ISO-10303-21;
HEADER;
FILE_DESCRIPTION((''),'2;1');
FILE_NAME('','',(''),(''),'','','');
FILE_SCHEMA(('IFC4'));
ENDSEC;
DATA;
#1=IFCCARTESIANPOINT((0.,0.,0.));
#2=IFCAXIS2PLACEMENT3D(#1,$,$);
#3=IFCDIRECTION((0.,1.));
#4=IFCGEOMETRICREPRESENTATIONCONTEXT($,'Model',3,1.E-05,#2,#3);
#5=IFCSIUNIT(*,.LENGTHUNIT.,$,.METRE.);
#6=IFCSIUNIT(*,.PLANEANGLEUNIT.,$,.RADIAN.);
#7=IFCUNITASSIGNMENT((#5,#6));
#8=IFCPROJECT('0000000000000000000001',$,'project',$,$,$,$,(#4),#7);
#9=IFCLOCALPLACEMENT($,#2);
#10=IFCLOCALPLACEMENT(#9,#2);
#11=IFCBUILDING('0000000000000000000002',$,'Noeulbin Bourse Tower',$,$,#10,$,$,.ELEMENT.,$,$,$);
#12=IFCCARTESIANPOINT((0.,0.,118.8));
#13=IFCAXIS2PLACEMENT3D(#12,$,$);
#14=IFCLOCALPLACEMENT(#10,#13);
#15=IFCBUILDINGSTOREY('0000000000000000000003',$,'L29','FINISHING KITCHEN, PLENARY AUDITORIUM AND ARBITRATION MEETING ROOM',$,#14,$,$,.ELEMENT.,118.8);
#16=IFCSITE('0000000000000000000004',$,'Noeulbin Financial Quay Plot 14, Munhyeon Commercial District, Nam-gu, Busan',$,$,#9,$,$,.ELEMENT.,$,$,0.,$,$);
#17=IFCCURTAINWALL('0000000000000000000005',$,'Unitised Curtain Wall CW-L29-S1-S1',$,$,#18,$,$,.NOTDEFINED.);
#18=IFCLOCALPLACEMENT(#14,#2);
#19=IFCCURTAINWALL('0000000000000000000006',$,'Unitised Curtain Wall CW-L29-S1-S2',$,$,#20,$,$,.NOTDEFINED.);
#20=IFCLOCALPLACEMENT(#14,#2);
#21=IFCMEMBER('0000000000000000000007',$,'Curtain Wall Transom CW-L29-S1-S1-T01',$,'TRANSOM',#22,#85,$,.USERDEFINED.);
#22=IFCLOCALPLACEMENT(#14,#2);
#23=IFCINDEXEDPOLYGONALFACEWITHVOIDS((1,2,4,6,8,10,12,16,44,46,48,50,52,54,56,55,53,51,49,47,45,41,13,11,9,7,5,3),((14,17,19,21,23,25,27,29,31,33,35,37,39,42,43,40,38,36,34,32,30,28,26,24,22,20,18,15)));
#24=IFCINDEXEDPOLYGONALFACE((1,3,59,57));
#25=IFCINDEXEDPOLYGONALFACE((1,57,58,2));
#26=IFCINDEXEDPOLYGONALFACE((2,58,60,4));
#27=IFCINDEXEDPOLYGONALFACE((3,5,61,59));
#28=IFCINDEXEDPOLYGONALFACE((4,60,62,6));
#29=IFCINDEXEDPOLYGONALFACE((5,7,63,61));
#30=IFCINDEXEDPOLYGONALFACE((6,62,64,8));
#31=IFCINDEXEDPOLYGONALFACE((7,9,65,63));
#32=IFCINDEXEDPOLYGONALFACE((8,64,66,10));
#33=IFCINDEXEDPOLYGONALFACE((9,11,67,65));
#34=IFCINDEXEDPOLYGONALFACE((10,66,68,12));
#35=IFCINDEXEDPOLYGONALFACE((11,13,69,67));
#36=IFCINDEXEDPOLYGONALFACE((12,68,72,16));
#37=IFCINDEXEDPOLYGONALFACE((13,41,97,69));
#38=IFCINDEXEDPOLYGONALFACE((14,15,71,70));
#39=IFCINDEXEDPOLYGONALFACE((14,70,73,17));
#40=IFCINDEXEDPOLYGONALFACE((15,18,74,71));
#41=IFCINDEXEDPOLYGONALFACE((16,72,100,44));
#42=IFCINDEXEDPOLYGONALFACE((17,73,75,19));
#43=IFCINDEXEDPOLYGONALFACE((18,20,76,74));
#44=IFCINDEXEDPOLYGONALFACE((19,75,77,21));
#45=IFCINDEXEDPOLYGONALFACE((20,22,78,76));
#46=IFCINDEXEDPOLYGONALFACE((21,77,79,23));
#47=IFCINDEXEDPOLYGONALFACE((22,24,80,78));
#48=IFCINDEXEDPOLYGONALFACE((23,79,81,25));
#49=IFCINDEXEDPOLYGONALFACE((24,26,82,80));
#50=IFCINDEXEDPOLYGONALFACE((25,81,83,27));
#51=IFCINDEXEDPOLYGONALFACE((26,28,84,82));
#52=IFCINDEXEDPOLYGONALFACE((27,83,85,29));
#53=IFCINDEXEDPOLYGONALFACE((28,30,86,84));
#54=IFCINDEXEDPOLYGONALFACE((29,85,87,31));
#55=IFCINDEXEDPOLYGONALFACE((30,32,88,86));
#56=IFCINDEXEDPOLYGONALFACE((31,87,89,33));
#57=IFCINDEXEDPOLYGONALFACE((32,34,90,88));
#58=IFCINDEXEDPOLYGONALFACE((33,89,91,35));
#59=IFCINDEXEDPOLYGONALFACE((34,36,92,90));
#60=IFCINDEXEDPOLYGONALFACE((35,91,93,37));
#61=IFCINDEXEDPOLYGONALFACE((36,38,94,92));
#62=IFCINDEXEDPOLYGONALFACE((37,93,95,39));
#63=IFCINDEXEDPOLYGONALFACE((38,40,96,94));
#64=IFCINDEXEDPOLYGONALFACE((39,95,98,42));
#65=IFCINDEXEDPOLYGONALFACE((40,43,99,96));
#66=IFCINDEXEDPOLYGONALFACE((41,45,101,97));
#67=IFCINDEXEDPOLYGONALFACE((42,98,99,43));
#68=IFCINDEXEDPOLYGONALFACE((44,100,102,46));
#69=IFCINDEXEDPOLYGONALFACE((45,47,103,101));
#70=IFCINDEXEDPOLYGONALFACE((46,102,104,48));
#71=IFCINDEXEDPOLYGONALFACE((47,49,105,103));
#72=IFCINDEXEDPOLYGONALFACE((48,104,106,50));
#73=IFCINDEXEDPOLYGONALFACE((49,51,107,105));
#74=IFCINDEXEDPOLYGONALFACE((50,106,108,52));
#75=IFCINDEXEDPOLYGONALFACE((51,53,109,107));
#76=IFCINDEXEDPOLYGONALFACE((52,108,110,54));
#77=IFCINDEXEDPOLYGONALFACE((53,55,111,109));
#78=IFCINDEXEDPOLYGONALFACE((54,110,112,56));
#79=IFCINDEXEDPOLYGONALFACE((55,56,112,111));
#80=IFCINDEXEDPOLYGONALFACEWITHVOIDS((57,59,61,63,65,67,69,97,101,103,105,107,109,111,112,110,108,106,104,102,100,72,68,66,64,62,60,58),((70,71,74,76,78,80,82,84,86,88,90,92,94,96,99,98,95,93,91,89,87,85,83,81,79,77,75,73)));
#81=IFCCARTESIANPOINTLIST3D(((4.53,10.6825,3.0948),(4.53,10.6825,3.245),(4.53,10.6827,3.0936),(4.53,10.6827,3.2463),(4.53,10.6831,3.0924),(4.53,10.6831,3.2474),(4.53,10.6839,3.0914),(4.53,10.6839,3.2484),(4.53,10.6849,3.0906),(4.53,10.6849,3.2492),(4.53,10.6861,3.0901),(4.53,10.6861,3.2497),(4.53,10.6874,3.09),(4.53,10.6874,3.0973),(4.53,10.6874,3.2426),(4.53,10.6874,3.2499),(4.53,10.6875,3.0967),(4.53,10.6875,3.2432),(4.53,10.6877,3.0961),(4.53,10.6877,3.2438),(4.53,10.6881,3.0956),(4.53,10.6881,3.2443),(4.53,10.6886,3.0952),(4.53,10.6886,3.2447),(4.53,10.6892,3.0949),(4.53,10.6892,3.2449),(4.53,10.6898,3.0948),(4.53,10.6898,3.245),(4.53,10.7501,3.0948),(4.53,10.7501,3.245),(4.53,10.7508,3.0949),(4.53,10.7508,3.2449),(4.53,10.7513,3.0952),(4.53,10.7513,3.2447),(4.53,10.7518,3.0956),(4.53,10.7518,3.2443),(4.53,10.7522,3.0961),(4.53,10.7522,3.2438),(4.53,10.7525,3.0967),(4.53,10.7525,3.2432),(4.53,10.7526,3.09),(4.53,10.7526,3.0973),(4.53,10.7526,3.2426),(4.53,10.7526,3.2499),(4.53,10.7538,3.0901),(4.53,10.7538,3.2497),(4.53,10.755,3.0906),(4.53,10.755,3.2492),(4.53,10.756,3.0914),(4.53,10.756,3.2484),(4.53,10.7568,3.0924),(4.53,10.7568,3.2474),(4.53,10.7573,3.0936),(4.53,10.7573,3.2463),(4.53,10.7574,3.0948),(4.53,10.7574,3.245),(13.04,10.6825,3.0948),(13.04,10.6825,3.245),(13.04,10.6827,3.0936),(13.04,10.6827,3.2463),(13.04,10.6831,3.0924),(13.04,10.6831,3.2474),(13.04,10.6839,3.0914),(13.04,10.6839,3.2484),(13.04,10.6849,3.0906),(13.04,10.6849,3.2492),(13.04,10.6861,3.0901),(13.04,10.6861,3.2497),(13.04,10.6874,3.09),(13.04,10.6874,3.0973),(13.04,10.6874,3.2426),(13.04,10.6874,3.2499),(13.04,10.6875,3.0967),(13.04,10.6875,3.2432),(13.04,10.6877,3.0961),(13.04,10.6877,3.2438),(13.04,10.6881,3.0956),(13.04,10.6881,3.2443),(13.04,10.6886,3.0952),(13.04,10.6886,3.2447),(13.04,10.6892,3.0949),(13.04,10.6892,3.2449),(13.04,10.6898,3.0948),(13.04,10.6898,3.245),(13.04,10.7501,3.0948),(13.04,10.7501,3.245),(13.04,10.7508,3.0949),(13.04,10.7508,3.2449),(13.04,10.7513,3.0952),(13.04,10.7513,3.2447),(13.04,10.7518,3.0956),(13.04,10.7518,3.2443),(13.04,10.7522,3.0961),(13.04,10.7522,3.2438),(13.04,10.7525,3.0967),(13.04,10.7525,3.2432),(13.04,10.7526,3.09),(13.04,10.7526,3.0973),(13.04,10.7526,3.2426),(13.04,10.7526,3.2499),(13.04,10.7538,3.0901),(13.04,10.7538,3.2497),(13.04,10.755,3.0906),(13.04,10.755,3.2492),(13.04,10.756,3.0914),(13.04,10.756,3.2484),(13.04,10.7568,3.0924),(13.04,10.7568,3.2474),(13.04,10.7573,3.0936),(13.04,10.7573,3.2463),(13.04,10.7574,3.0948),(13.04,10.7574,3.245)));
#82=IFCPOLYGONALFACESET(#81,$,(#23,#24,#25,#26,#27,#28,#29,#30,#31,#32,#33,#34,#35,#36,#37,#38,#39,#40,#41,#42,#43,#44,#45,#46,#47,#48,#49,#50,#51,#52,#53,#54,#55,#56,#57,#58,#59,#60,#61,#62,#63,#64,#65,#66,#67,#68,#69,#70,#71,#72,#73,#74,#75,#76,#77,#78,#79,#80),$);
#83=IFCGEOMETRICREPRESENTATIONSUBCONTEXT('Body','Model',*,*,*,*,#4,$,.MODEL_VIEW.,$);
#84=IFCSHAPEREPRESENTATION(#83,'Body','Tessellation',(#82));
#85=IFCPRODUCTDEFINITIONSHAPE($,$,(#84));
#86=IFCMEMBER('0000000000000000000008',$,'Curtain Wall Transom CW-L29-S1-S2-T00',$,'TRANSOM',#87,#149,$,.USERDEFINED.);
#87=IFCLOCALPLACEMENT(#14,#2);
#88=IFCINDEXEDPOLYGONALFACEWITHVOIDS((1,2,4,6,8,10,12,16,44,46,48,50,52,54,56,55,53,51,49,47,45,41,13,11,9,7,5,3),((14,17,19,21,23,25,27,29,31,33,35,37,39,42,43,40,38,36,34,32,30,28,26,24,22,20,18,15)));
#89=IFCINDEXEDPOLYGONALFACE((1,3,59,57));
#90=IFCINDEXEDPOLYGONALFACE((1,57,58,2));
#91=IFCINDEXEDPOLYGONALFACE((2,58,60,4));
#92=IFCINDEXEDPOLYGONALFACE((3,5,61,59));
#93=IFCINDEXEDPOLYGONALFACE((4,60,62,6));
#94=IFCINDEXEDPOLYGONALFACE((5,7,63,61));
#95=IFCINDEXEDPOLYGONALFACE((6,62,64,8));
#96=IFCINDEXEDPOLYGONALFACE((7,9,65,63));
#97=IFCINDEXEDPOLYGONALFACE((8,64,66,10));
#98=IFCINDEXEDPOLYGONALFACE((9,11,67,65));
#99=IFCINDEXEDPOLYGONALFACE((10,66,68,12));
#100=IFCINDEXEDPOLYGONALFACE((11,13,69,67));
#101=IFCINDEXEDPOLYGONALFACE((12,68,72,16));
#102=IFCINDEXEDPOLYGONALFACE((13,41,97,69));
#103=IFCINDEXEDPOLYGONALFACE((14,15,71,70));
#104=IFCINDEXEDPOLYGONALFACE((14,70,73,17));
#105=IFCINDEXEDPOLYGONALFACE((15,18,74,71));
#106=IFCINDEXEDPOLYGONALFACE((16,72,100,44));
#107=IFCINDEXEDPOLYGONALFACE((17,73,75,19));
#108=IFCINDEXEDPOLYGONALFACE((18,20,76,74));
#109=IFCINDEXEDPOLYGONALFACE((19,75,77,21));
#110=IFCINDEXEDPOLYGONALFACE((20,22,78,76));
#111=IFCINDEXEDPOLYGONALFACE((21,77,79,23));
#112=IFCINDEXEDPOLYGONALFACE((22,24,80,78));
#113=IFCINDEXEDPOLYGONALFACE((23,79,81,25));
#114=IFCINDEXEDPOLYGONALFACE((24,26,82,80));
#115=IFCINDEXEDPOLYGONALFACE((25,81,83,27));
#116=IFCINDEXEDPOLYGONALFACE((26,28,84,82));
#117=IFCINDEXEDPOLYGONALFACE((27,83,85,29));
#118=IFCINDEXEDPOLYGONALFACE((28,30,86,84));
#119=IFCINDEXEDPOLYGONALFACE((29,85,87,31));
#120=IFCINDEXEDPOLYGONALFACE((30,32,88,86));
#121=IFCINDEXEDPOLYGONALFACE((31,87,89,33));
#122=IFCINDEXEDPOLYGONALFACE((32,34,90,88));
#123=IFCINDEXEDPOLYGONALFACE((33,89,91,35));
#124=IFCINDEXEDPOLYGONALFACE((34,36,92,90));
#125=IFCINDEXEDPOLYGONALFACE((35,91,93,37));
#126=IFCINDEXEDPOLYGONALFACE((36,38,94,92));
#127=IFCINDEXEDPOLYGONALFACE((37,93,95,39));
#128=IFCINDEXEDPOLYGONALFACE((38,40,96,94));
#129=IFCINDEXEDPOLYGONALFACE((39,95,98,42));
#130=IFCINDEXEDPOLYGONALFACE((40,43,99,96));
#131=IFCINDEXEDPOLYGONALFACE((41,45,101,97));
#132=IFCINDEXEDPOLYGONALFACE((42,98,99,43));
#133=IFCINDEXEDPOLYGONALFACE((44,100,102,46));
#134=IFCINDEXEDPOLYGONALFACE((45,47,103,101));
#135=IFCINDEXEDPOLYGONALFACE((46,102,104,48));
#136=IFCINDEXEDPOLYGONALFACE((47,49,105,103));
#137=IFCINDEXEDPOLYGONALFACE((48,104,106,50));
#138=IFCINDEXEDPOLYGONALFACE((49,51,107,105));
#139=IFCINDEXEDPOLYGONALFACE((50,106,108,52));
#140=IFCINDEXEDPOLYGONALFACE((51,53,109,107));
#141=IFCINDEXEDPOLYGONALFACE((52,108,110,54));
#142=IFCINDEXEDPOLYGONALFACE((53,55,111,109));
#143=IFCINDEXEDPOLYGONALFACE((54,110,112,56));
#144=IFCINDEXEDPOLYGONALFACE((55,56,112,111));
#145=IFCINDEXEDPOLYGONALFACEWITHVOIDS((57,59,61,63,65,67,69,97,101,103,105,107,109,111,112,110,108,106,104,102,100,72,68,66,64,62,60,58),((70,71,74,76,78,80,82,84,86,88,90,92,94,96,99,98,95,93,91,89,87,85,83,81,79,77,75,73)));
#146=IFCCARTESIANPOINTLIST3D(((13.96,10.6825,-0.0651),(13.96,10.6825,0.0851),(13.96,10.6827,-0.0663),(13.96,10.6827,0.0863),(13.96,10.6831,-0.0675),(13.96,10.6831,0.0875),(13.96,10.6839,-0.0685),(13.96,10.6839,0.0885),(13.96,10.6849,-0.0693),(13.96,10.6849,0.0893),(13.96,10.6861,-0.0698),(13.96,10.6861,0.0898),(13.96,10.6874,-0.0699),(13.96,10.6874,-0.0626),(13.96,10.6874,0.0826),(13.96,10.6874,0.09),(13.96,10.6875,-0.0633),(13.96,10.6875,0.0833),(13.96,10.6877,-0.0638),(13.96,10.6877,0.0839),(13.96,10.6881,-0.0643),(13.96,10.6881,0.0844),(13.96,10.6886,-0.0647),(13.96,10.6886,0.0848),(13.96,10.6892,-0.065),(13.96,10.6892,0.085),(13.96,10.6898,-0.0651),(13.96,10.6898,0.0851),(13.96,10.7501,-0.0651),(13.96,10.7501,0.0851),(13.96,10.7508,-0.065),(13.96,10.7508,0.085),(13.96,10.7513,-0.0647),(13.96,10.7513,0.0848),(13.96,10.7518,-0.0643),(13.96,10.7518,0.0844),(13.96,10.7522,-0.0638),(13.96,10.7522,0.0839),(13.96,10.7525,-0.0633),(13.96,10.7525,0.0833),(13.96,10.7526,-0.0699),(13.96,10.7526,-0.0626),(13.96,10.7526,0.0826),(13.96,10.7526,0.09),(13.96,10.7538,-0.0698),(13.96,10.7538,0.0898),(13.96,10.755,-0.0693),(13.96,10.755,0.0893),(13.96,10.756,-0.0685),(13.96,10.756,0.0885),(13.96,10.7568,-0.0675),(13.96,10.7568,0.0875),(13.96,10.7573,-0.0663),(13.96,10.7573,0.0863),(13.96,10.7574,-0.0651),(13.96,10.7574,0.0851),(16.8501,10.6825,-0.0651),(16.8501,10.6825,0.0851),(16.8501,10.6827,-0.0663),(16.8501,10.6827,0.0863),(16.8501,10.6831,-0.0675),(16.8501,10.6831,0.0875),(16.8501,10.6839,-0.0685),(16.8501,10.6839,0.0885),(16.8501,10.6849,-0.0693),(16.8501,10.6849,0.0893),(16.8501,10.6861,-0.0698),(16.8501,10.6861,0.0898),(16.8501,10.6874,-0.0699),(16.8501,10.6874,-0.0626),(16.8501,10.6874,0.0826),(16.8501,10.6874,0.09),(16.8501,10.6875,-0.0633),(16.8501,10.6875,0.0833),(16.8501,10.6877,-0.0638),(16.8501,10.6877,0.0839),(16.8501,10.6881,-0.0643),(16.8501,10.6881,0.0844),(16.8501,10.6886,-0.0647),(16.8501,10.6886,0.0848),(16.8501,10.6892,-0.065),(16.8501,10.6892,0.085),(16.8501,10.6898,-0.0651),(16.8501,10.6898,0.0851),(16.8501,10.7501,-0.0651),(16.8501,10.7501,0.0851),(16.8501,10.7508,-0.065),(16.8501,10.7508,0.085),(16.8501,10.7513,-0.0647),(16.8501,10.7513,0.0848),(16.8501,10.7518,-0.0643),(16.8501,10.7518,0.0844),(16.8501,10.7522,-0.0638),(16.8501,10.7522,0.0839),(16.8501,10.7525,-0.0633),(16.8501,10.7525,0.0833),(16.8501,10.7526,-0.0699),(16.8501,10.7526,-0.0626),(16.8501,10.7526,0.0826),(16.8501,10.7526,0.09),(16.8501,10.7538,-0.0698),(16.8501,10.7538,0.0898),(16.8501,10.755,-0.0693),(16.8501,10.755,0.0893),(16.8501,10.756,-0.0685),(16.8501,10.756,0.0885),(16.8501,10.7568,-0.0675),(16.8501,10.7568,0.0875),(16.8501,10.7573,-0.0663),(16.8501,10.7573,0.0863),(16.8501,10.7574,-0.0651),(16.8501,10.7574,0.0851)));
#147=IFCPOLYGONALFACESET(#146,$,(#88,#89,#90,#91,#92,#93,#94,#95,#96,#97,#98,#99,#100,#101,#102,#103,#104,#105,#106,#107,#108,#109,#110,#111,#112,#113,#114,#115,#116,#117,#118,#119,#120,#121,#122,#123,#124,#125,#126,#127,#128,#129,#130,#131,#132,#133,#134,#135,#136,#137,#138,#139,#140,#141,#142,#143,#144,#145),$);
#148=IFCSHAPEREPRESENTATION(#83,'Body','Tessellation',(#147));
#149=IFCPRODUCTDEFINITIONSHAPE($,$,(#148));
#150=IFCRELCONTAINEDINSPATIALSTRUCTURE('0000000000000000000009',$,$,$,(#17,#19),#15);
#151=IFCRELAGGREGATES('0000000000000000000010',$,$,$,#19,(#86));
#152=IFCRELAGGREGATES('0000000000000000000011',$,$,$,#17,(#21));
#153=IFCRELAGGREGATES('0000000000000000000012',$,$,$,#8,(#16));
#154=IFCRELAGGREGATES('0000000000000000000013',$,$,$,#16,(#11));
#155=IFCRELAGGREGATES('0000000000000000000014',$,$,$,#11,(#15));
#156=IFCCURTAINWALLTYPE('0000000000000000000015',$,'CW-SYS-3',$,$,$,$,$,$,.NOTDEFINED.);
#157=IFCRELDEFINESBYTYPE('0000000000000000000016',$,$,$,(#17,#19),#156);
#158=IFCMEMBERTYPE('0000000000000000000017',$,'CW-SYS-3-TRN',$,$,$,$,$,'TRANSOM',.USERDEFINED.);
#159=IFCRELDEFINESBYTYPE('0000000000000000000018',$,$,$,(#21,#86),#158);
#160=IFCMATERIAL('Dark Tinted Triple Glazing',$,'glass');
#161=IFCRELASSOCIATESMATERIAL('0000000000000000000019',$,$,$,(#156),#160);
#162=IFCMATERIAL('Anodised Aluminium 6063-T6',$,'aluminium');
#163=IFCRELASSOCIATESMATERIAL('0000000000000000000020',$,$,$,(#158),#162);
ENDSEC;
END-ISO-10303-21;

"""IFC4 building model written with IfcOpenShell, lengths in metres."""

from ifc_helpers import new_model, si_unit, direction, frame, origin, origin_2d, place, context, subcontext, project, spatial, hollow_rectangle, extrude, material, material_profile, profile_set, type_object, element, aggregate, save


model = new_model("IFC4")

# Units and contexts
model_context = context("Model", 3, precision=1e-05, world=origin(), true_north=direction((0.0, 1.0)))
body_context = subcontext(model_context, "Body", "Model", "MODEL_VIEW")
ifc_project = project(units=[si_unit("LENGTHUNIT", "METRE"), si_unit("PLANEANGLEUNIT", "RADIAN")], contexts=[model_context])

# Site, building, storey
site_placement = place(None, origin())
site = spatial("IfcSite", under=ifc_project, at=site_placement, Name="Noeulbin Financial Quay Plot 14, Munhyeon Commercial District, Nam-gu, Busan", CompositionType="ELEMENT", RefElevation=0.0)
building_placement = place(site_placement, origin())
building = spatial("IfcBuilding", under=site, at=building_placement, Name="Noeulbin Bourse Tower", CompositionType="ELEMENT")
storey_placement = place(building_placement, frame((0.0, 0.0, 118.8)))
storey = spatial("IfcBuildingStorey", under=building, at=storey_placement, Name="L29", Description="FINISHING KITCHEN, PLENARY AUDITORIUM AND ARBITRATION MEETING ROOM", CompositionType="ELEMENT", Elevation=118.8)

# Curtain wall
ifc_material_1 = material(Name="Dark Tinted Triple Glazing", Category="glass")
curtain_wall_type = type_object("IfcCurtainWallType", Name="CW-SYS-3", PredefinedType="NOTDEFINED", material=ifc_material_1)
curtain_wall_1_placement = place(storey_placement, origin())
curtain_wall_1 = element("IfcCurtainWall", 1, at=curtain_wall_1_placement, inside=storey, type_object=curtain_wall_type, Name="Unitised Curtain Wall CW-L29-S1-S1", PredefinedType="NOTDEFINED")
ifc_material_2 = material(Name="Anodised Aluminium 6063-T6", Category="aluminium")

# Curtain wall
curtain_wall_2_placement = place(storey_placement, origin())
curtain_wall_2 = element("IfcCurtainWall", 2, at=curtain_wall_2_placement, inside=storey, type_object=curtain_wall_type, Name="Unitised Curtain Wall CW-L29-S1-S2", PredefinedType="NOTDEFINED")

# Members
ifc_material_profile_1 = material_profile(ifc_material_2, hollow_rectangle(XDim=0.075, YDim=0.1599, WallThickness=0.0049, InnerFilletRadius=0.0024, OuterFilletRadius=0.0049, at=origin_2d()), Name="ALU-TRAN-75x160x5", Category="LoadBearing")
ifc_profile_set_1 = profile_set([ifc_material_profile_1], Name="Anodised Aluminium 6063-T6")
member_type_1 = type_object("IfcMemberType", Name="CW-SYS-3-TRN", ElementType="TRANSOM", PredefinedType="USERDEFINED", material=ifc_profile_set_1)
member_1_placement = place(storey_placement, frame((4.53, 10.72, 3.1699), z_axis=(1.0, 0.0, 0.0), x_axis=(0.0, 1.0, 0.0)))
member_1 = element("IfcMember", 3, at=member_1_placement, type_object=member_type_1, Name="Curtain Wall Transom CW-L29-S1-S1-T01", ObjectType="TRANSOM", PredefinedType="USERDEFINED", context=body_context, shape_type="SweptSolid", body=[
    extrude(hollow_rectangle(XDim=0.075, YDim=0.1599, WallThickness=0.0049, InnerFilletRadius=0.0024, OuterFilletRadius=0.0049, at=origin_2d()), origin(), (0.0, 0.0, 1.0), 8.51),
])
member_2_placement = place(storey_placement, frame((13.96, 10.72, 0.01), z_axis=(1.0, 0.0, 0.0), x_axis=(0.0, 1.0, 0.0)))
member_2 = element("IfcMember", 4, at=member_2_placement, type_object=member_type_1, Name="Curtain Wall Transom CW-L29-S1-S2-T00", ObjectType="TRANSOM", PredefinedType="USERDEFINED", context=body_context, shape_type="SweptSolid", body=[
    extrude(hollow_rectangle(XDim=0.075, YDim=0.1599, WallThickness=0.0049, InnerFilletRadius=0.0024, OuterFilletRadius=0.0049, at=origin_2d()), origin(), (0.0, 0.0, 1.0), 2.8901),
])
aggregate(curtain_wall_2, [member_2])

aggregate(curtain_wall_1, [member_1])

save(model, "model.ifc")
